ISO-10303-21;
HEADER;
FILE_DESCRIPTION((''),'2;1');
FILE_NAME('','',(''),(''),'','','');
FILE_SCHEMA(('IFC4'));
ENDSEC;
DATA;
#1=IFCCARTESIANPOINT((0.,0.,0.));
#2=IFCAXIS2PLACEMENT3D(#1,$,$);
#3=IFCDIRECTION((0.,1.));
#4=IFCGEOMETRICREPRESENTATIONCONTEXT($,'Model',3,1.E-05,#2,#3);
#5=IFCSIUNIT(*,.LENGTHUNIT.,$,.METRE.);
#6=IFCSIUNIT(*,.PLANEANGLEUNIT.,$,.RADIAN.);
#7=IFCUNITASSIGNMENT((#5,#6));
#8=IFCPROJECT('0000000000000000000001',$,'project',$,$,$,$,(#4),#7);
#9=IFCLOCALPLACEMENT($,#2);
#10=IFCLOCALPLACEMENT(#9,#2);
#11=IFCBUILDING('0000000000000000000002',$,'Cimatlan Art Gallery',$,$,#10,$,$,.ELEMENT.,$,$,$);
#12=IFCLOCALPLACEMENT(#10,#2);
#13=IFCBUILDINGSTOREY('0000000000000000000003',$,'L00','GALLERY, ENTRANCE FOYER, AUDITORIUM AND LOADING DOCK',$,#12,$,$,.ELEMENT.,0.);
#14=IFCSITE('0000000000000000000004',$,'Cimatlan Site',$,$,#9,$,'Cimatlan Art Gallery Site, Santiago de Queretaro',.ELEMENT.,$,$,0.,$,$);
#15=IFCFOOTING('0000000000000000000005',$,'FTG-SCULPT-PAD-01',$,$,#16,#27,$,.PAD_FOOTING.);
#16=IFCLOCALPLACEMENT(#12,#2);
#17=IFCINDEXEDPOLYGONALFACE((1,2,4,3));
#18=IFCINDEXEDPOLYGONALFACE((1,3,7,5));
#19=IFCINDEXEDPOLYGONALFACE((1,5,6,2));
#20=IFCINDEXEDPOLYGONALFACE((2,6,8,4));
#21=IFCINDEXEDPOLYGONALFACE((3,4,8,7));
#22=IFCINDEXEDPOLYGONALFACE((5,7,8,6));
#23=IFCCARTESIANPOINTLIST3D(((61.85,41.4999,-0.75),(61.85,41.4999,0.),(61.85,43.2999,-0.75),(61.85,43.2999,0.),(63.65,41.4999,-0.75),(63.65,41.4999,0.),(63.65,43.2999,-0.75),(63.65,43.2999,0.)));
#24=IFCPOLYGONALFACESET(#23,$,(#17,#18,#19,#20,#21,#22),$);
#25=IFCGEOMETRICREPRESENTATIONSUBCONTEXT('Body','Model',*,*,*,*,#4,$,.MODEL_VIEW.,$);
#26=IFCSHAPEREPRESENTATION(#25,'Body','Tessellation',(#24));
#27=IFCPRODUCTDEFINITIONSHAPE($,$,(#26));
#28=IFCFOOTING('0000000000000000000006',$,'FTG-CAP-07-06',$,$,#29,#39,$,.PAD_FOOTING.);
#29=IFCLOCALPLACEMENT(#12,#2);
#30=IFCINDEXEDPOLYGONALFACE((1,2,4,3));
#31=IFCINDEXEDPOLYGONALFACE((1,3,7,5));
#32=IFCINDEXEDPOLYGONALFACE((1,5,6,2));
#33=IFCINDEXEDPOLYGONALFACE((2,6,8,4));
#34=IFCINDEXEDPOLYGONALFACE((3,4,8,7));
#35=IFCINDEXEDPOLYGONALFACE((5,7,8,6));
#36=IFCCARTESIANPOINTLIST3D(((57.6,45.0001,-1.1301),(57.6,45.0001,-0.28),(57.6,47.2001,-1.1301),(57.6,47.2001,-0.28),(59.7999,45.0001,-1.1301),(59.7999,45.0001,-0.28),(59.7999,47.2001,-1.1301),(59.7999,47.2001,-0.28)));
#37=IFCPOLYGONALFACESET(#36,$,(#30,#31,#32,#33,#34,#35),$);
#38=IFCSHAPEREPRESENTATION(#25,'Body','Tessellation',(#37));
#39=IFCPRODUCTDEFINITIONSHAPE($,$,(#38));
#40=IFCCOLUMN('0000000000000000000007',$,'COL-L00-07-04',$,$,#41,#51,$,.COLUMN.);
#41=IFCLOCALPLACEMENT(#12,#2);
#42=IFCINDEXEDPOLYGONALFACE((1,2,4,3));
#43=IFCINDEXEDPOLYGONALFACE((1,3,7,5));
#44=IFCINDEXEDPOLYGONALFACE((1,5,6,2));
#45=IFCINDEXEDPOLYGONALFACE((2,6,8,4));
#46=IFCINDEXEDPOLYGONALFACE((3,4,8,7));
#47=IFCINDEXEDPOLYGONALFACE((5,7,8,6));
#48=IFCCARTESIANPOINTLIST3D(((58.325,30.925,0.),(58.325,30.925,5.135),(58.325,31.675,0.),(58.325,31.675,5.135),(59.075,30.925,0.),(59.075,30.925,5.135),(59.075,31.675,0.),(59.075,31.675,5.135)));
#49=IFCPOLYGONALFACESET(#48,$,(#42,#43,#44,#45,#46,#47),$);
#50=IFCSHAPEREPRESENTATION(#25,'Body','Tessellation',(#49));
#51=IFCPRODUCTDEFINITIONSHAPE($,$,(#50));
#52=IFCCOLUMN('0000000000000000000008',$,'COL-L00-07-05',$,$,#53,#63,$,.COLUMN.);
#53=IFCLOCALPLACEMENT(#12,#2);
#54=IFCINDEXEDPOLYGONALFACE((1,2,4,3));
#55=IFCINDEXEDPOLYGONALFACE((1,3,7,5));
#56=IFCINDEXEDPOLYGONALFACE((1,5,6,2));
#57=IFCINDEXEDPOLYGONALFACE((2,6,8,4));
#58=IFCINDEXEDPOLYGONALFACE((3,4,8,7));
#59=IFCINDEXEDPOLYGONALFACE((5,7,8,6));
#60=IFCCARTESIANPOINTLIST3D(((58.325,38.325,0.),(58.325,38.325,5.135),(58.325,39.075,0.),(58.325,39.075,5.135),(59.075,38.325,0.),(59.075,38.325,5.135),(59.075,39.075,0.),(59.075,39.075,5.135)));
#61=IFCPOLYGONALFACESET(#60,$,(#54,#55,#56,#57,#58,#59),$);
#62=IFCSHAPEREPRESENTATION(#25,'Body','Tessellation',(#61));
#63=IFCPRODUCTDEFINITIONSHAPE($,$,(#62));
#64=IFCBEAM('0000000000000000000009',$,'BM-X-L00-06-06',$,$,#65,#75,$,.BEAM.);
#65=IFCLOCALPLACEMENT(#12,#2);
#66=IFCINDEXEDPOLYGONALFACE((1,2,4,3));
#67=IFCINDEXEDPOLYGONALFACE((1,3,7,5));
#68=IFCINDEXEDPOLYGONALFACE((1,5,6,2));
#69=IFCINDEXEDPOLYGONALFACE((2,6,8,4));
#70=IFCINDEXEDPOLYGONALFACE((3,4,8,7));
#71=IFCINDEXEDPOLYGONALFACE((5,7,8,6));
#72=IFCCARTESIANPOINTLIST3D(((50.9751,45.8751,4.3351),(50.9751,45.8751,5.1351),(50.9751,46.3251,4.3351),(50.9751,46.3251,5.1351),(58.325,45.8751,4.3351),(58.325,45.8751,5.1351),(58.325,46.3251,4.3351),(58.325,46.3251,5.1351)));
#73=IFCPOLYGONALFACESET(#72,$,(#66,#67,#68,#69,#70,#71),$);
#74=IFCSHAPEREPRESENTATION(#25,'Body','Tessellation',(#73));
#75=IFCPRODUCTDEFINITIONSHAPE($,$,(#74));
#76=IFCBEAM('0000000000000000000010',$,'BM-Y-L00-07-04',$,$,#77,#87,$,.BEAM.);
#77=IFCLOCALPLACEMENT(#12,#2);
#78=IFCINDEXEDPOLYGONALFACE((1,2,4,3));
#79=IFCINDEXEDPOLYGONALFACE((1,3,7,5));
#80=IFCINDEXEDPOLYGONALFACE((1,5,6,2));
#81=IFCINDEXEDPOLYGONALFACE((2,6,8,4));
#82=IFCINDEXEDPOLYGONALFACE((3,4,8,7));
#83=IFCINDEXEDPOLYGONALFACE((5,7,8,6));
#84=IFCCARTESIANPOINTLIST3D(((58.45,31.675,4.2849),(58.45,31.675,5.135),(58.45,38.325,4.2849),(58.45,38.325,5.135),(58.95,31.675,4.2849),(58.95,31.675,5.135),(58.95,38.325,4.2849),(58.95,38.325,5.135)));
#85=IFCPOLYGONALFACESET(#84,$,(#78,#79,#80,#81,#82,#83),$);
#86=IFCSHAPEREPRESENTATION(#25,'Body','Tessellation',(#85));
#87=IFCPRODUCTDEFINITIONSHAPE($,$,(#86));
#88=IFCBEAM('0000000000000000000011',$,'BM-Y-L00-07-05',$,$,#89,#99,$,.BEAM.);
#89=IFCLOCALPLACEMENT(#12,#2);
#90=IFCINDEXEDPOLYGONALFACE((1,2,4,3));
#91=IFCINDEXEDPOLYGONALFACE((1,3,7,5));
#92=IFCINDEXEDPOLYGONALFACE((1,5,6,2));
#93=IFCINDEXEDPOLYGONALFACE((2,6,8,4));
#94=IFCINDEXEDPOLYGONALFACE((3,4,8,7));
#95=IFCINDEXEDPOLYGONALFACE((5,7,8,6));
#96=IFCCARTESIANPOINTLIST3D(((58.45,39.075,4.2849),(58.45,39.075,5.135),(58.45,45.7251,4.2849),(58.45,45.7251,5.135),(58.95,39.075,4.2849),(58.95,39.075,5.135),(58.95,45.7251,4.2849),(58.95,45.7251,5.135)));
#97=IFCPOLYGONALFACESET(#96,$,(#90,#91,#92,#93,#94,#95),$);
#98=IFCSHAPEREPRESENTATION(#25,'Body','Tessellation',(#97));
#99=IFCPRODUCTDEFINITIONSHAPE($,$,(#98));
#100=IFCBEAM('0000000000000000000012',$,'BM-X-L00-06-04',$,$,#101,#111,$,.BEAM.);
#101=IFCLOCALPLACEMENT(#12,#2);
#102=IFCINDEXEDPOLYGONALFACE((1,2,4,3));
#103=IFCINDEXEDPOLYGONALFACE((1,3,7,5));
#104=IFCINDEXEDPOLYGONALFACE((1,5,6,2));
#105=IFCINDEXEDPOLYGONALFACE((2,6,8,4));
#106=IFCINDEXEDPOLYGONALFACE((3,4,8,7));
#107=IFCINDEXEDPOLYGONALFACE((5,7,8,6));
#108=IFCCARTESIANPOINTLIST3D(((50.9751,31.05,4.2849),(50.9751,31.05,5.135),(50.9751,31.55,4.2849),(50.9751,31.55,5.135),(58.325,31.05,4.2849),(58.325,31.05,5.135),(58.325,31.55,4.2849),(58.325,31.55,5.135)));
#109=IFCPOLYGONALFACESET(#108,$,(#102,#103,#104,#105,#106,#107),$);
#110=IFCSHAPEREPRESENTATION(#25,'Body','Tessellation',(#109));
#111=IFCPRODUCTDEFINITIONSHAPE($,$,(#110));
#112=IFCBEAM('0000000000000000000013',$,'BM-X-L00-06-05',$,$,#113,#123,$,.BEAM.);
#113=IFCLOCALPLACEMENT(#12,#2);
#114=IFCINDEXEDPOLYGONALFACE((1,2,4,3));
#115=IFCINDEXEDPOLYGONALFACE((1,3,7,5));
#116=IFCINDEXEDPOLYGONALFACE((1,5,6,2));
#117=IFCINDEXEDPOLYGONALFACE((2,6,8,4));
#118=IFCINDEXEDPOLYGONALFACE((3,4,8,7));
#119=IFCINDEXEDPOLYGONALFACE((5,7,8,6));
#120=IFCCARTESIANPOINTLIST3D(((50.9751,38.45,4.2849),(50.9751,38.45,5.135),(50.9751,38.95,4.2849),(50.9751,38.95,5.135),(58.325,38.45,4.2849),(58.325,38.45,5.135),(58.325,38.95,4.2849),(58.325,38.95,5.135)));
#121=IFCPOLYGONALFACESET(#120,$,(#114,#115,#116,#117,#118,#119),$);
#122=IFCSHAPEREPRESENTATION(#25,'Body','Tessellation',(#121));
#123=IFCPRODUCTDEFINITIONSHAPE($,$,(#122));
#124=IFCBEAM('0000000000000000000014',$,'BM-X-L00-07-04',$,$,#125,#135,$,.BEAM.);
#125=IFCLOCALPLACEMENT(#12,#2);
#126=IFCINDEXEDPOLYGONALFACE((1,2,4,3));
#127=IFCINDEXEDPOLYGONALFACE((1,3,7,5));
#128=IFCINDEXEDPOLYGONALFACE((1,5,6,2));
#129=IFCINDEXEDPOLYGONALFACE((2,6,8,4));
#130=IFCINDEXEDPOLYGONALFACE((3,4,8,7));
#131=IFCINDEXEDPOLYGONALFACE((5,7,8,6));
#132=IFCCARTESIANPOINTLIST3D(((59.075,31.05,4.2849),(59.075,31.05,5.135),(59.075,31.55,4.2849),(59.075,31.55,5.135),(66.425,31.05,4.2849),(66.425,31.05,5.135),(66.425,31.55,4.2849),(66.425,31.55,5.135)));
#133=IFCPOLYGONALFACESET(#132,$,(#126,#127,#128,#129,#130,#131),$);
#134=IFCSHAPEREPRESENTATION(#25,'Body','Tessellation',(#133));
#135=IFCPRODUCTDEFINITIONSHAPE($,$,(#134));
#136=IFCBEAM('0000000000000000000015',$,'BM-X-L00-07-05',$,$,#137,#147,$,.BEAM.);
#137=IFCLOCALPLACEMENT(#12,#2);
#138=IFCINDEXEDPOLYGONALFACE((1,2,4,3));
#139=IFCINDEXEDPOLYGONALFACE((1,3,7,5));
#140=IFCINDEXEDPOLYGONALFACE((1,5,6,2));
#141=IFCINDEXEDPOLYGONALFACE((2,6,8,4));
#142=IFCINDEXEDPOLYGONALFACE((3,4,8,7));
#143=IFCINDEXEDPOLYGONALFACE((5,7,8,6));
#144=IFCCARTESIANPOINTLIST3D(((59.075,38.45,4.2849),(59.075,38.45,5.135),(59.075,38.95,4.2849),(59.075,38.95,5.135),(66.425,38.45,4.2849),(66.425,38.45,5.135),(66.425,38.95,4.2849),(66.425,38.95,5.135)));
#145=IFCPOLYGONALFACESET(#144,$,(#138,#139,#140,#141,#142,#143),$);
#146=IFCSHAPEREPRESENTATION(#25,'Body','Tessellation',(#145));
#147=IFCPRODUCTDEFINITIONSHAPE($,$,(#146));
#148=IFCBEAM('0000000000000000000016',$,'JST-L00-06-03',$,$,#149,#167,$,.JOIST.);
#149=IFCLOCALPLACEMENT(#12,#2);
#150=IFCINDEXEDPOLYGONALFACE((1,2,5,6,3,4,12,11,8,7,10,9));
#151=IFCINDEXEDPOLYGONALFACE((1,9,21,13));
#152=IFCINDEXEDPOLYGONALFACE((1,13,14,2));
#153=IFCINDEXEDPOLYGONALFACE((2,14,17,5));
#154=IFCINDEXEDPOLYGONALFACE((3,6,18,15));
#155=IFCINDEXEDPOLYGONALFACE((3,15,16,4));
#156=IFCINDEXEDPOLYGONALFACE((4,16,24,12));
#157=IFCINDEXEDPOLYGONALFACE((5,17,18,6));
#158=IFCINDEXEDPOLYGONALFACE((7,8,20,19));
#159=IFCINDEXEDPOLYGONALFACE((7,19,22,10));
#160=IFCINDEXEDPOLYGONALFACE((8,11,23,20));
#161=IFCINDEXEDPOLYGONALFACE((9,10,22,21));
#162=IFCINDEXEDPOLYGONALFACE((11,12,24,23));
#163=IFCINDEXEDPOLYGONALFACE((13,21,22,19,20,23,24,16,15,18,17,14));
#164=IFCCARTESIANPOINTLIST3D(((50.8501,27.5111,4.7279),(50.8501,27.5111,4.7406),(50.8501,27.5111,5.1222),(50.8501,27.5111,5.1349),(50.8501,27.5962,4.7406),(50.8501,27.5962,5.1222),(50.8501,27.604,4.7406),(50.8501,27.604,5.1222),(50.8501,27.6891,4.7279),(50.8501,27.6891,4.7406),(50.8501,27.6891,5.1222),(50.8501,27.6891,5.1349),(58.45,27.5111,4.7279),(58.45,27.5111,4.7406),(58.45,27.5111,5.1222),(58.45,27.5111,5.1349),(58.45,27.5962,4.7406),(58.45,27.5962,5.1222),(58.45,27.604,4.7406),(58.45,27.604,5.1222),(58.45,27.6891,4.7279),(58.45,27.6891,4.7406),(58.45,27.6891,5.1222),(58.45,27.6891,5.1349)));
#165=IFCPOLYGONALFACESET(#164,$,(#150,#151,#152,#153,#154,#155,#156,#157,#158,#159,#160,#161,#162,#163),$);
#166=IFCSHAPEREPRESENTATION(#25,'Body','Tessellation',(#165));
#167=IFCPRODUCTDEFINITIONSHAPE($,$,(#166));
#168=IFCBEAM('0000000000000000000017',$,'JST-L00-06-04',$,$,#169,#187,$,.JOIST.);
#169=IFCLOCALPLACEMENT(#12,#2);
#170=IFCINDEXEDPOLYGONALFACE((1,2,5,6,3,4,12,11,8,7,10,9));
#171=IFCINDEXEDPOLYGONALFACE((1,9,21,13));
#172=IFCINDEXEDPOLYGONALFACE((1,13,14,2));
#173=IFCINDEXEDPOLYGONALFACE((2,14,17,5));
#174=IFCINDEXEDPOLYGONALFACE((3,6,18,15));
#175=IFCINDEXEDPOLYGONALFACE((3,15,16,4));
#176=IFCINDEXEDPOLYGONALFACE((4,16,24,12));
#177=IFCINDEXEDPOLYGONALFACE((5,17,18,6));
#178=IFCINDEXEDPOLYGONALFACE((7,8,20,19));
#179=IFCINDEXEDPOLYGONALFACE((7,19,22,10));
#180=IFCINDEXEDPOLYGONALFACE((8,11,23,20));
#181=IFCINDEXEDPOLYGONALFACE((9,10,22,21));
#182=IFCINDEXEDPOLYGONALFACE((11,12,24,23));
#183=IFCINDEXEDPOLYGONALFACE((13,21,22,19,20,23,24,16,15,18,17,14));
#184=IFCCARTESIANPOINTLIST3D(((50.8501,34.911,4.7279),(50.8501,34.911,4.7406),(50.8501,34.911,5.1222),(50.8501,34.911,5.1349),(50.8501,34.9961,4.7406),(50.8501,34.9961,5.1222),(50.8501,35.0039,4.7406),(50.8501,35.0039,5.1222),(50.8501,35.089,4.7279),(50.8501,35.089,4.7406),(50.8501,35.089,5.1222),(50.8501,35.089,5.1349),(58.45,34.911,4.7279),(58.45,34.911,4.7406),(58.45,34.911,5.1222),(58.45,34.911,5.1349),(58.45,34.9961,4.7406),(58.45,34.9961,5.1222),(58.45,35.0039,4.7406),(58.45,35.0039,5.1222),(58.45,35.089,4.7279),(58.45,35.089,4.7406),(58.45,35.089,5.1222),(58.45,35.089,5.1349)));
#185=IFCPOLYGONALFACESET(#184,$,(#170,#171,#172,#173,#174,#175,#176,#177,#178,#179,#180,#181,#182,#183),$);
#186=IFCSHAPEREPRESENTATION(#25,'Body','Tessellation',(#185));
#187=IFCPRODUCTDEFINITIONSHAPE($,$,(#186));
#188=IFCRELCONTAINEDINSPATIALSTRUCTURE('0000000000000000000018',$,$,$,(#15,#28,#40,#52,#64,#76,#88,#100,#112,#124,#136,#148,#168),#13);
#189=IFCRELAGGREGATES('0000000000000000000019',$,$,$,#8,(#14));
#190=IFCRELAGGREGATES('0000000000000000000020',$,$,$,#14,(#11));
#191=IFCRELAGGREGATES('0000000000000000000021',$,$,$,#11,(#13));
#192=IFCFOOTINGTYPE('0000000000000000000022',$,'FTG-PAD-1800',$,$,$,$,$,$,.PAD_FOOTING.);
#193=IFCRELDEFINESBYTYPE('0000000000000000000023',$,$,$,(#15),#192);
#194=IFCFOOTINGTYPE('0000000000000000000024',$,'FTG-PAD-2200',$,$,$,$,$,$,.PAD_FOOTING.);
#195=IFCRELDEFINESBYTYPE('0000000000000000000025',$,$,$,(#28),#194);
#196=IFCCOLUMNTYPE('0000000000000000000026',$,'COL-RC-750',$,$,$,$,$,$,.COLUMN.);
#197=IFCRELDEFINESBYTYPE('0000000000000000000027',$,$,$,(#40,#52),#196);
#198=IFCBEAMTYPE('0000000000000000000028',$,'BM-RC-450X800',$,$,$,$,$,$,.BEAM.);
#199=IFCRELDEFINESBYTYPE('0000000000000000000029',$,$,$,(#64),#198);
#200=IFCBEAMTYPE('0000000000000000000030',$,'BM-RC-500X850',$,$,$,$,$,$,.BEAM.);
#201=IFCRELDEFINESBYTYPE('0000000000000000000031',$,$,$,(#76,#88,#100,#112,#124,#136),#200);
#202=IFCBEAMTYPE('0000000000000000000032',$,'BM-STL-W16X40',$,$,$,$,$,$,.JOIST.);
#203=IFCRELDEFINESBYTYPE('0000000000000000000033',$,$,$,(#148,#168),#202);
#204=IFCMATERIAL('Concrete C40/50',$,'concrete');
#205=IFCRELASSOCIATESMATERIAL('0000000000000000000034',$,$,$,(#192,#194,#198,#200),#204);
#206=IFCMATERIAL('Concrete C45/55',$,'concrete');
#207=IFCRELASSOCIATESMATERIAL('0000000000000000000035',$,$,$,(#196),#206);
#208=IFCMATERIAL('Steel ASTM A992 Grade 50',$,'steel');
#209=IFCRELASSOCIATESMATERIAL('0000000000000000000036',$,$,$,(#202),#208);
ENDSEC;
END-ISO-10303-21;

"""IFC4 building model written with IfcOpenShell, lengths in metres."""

from ifc_helpers import new_model, si_unit, direction, frame, origin, origin_2d, place, context, subcontext, project, spatial, rectangle, i_section, extrude, material, material_profile, profile_set, type_object, element, save


model = new_model("IFC4")

# Units and contexts
model_context = context("Model", 3, precision=1e-05, world=origin(), true_north=direction((0.0, 1.0)))
body_context = subcontext(model_context, "Body", "Model", "MODEL_VIEW")
ifc_project = project(units=[si_unit("LENGTHUNIT", "METRE"), si_unit("PLANEANGLEUNIT", "RADIAN")], contexts=[model_context])

# Site, building, storey
site_placement = place(None, origin())
site = spatial("IfcSite", under=ifc_project, at=site_placement, Name="Cimatlan Site", LongName="Cimatlan Art Gallery Site, Santiago de Queretaro", CompositionType="ELEMENT", RefElevation=0.0)
building_placement = place(site_placement, origin())
building = spatial("IfcBuilding", under=site, at=building_placement, Name="Cimatlan Art Gallery", CompositionType="ELEMENT")
storey_placement = place(building_placement, origin())
storey = spatial("IfcBuildingStorey", under=building, at=storey_placement, Name="L00", Description="GALLERY, ENTRANCE FOYER, AUDITORIUM AND LOADING DOCK", CompositionType="ELEMENT", Elevation=0.0)

# Footings
ifc_material_1 = material(Name="Concrete C40/50", Category="concrete")
footing_type_1 = type_object("IfcFootingType", Name="FTG-PAD-1800", PredefinedType="PAD_FOOTING", material=ifc_material_1)
footing_1_placement = place(storey_placement, frame((62.75, 42.3999, -0.75), z_axis=(0.0, 0.0, 1.0), x_axis=(1.0, 0.0, 0.0)))
element("IfcFooting", 1, at=footing_1_placement, inside=storey, type_object=footing_type_1, Name="FTG-SCULPT-PAD-01", PredefinedType="PAD_FOOTING", context=body_context, shape_type="SweptSolid", body=[
    extrude(rectangle(XDim=1.8, YDim=1.8, at=origin_2d()), origin(), (0.0, 0.0, 1.0), 0.75),
])
footing_type_2 = type_object("IfcFootingType", Name="FTG-PAD-2200", PredefinedType="PAD_FOOTING", material=ifc_material_1)
footing_2_placement = place(storey_placement, frame((58.7, 46.1001, -1.1301), z_axis=(0.0, 0.0, 1.0), x_axis=(1.0, 0.0, 0.0)))
element("IfcFooting", 2, at=footing_2_placement, inside=storey, type_object=footing_type_2, Name="FTG-CAP-07-06", PredefinedType="PAD_FOOTING", context=body_context, shape_type="SweptSolid", body=[
    extrude(rectangle(XDim=2.2, YDim=2.2, at=origin_2d()), origin(), (0.0, 0.0, 1.0), 0.8501),
])

# Columns
ifc_material_2 = material(Name="Concrete C45/55", Category="concrete")
ifc_material_profile_1 = material_profile(ifc_material_2, rectangle(XDim=0.75, YDim=0.75, at=origin_2d()), Name="RC750X750")
ifc_profile_set_1 = profile_set([ifc_material_profile_1], Name="Concrete C45/55")
column_type = type_object("IfcColumnType", Name="COL-RC-750", PredefinedType="COLUMN", material=ifc_profile_set_1)
for number, where, z_axis, x_axis, name in (
    (3, (58.7, 31.3, 0.0), (0.0, 0.0, 1.0), (1.0, 0.0, 0.0), "COL-L00-07-04"),
    (4, (58.7, 38.7, 0.0), (0.0, 0.0, 1.0), (1.0, 0.0, 0.0), "COL-L00-07-05"),
):
    element("IfcColumn", number, at=place(storey_placement, frame(where, z_axis=z_axis, x_axis=x_axis)), inside=storey, type_object=column_type, Name=name, PredefinedType="COLUMN", context=body_context, shape_type="SweptSolid", body=[
        extrude(rectangle(XDim=0.75, YDim=0.75, at=origin_2d()), origin(), (0.0, 0.0, 1.0), 5.135),
    ])

# Beams
ifc_material_profile_2 = material_profile(ifc_material_1, rectangle(XDim=0.45, YDim=0.8, at=origin_2d()), Name="RC450X800")
ifc_profile_set_2 = profile_set([ifc_material_profile_2], Name="Concrete C40/50")
beam_type_1 = type_object("IfcBeamType", Name="BM-RC-450X800", PredefinedType="BEAM", material=ifc_profile_set_2)
beam_1_placement = place(storey_placement, frame((50.9751, 46.1001, 4.7351), z_axis=(1.0, 0.0, 0.0), x_axis=(0.0, 1.0, 0.0)))
element("IfcBeam", 5, at=beam_1_placement, inside=storey, type_object=beam_type_1, Name="BM-X-L00-06-06", PredefinedType="BEAM", context=body_context, shape_type="SweptSolid", body=[
    extrude(rectangle(XDim=0.45, YDim=0.8, at=origin_2d()), origin(), (0.0, 0.0, 1.0), 7.3499),
])
ifc_material_profile_3 = material_profile(ifc_material_1, rectangle(XDim=0.5, YDim=0.8501, at=origin_2d()), Name="RC500X850")
ifc_profile_set_3 = profile_set([ifc_material_profile_3], Name="Concrete C40/50")
beam_type_2 = type_object("IfcBeamType", Name="BM-RC-500X850", PredefinedType="BEAM", material=ifc_profile_set_3)
beam_2_placement = place(storey_placement, frame((58.7, 31.675, 4.71), z_axis=(0.0, 1.0, 0.0), x_axis=(-1.0, 0.0, 0.0)))
element("IfcBeam", 6, at=beam_2_placement, inside=storey, type_object=beam_type_2, Name="BM-Y-L00-07-04", PredefinedType="BEAM", context=body_context, shape_type="SweptSolid", body=[
    extrude(rectangle(XDim=0.5, YDim=0.8501, at=origin_2d()), origin(), (0.0, 0.0, 1.0), 6.6499),
])
beam_3_placement = place(storey_placement, frame((58.7, 39.075, 4.71), z_axis=(0.0, 1.0, 0.0), x_axis=(-1.0, 0.0, 0.0)))
element("IfcBeam", 7, at=beam_3_placement, inside=storey, type_object=beam_type_2, Name="BM-Y-L00-07-05", PredefinedType="BEAM", context=body_context, shape_type="SweptSolid", body=[
    extrude(rectangle(XDim=0.5, YDim=0.8501, at=origin_2d()), origin(), (0.0, 0.0, 1.0), 6.6501),
])
for number, where, z_axis, x_axis, name in (
    (8, (50.9751, 31.3, 4.71), (1.0, 0.0, 0.0), (0.0, 1.0, 0.0), "BM-X-L00-06-04"),
    (9, (50.9751, 38.7, 4.71), (1.0, 0.0, 0.0), (0.0, 1.0, 0.0), "BM-X-L00-06-05"),
):
    element("IfcBeam", number, at=place(storey_placement, frame(where, z_axis=z_axis, x_axis=x_axis)), inside=storey, type_object=beam_type_2, Name=name, PredefinedType="BEAM", context=body_context, shape_type="SweptSolid", body=[
        extrude(rectangle(XDim=0.5, YDim=0.8501, at=origin_2d()), origin(), (0.0, 0.0, 1.0), 7.3499),
    ])
for number, where, z_axis, x_axis, name in (
    (10, (59.075, 31.3, 4.71), (1.0, 0.0, 0.0), (0.0, 1.0, 0.0), "BM-X-L00-07-04"),
    (11, (59.075, 38.7, 4.71), (1.0, 0.0, 0.0), (0.0, 1.0, 0.0), "BM-X-L00-07-05"),
):
    element("IfcBeam", number, at=place(storey_placement, frame(where, z_axis=z_axis, x_axis=x_axis)), inside=storey, type_object=beam_type_2, Name=name, PredefinedType="BEAM", context=body_context, shape_type="SweptSolid", body=[
        extrude(rectangle(XDim=0.5, YDim=0.8501, at=origin_2d()), origin(), (0.0, 0.0, 1.0), 7.3501),
    ])
ifc_material_3 = material(Name="Steel ASTM A992 Grade 50", Category="steel")
ifc_material_profile_4 = material_profile(ifc_material_3, i_section(OverallWidth=0.178, OverallDepth=0.407, WebThickness=0.0078, FlangeThickness=0.0127, at=origin_2d()), Name="W16X40")
ifc_profile_set_4 = profile_set([ifc_material_profile_4], Name="Steel ASTM A992 Grade 50")
beam_type_3 = type_object("IfcBeamType", Name="BM-STL-W16X40", PredefinedType="JOIST", material=ifc_profile_set_4)
for number, where, z_axis, x_axis, name in (
    (12, (50.8501, 27.6001, 4.9314), (1.0, 0.0, 0.0), (0.0, 1.0, 0.0), "JST-L00-06-03"),
    (13, (50.8501, 35.0, 4.9314), (1.0, 0.0, 0.0), (0.0, 1.0, 0.0), "JST-L00-06-04"),
):
    element("IfcBeam", number, at=place(storey_placement, frame(where, z_axis=z_axis, x_axis=x_axis)), inside=storey, type_object=beam_type_3, Name=name, PredefinedType="JOIST", context=body_context, shape_type="SweptSolid", body=[
        extrude(i_section(OverallWidth=0.178, OverallDepth=0.407, WebThickness=0.0078, FlangeThickness=0.0127, at=origin_2d()), origin(), (0.0, 0.0, 1.0), 7.5999),
    ])

save(model, "model.ifc")
